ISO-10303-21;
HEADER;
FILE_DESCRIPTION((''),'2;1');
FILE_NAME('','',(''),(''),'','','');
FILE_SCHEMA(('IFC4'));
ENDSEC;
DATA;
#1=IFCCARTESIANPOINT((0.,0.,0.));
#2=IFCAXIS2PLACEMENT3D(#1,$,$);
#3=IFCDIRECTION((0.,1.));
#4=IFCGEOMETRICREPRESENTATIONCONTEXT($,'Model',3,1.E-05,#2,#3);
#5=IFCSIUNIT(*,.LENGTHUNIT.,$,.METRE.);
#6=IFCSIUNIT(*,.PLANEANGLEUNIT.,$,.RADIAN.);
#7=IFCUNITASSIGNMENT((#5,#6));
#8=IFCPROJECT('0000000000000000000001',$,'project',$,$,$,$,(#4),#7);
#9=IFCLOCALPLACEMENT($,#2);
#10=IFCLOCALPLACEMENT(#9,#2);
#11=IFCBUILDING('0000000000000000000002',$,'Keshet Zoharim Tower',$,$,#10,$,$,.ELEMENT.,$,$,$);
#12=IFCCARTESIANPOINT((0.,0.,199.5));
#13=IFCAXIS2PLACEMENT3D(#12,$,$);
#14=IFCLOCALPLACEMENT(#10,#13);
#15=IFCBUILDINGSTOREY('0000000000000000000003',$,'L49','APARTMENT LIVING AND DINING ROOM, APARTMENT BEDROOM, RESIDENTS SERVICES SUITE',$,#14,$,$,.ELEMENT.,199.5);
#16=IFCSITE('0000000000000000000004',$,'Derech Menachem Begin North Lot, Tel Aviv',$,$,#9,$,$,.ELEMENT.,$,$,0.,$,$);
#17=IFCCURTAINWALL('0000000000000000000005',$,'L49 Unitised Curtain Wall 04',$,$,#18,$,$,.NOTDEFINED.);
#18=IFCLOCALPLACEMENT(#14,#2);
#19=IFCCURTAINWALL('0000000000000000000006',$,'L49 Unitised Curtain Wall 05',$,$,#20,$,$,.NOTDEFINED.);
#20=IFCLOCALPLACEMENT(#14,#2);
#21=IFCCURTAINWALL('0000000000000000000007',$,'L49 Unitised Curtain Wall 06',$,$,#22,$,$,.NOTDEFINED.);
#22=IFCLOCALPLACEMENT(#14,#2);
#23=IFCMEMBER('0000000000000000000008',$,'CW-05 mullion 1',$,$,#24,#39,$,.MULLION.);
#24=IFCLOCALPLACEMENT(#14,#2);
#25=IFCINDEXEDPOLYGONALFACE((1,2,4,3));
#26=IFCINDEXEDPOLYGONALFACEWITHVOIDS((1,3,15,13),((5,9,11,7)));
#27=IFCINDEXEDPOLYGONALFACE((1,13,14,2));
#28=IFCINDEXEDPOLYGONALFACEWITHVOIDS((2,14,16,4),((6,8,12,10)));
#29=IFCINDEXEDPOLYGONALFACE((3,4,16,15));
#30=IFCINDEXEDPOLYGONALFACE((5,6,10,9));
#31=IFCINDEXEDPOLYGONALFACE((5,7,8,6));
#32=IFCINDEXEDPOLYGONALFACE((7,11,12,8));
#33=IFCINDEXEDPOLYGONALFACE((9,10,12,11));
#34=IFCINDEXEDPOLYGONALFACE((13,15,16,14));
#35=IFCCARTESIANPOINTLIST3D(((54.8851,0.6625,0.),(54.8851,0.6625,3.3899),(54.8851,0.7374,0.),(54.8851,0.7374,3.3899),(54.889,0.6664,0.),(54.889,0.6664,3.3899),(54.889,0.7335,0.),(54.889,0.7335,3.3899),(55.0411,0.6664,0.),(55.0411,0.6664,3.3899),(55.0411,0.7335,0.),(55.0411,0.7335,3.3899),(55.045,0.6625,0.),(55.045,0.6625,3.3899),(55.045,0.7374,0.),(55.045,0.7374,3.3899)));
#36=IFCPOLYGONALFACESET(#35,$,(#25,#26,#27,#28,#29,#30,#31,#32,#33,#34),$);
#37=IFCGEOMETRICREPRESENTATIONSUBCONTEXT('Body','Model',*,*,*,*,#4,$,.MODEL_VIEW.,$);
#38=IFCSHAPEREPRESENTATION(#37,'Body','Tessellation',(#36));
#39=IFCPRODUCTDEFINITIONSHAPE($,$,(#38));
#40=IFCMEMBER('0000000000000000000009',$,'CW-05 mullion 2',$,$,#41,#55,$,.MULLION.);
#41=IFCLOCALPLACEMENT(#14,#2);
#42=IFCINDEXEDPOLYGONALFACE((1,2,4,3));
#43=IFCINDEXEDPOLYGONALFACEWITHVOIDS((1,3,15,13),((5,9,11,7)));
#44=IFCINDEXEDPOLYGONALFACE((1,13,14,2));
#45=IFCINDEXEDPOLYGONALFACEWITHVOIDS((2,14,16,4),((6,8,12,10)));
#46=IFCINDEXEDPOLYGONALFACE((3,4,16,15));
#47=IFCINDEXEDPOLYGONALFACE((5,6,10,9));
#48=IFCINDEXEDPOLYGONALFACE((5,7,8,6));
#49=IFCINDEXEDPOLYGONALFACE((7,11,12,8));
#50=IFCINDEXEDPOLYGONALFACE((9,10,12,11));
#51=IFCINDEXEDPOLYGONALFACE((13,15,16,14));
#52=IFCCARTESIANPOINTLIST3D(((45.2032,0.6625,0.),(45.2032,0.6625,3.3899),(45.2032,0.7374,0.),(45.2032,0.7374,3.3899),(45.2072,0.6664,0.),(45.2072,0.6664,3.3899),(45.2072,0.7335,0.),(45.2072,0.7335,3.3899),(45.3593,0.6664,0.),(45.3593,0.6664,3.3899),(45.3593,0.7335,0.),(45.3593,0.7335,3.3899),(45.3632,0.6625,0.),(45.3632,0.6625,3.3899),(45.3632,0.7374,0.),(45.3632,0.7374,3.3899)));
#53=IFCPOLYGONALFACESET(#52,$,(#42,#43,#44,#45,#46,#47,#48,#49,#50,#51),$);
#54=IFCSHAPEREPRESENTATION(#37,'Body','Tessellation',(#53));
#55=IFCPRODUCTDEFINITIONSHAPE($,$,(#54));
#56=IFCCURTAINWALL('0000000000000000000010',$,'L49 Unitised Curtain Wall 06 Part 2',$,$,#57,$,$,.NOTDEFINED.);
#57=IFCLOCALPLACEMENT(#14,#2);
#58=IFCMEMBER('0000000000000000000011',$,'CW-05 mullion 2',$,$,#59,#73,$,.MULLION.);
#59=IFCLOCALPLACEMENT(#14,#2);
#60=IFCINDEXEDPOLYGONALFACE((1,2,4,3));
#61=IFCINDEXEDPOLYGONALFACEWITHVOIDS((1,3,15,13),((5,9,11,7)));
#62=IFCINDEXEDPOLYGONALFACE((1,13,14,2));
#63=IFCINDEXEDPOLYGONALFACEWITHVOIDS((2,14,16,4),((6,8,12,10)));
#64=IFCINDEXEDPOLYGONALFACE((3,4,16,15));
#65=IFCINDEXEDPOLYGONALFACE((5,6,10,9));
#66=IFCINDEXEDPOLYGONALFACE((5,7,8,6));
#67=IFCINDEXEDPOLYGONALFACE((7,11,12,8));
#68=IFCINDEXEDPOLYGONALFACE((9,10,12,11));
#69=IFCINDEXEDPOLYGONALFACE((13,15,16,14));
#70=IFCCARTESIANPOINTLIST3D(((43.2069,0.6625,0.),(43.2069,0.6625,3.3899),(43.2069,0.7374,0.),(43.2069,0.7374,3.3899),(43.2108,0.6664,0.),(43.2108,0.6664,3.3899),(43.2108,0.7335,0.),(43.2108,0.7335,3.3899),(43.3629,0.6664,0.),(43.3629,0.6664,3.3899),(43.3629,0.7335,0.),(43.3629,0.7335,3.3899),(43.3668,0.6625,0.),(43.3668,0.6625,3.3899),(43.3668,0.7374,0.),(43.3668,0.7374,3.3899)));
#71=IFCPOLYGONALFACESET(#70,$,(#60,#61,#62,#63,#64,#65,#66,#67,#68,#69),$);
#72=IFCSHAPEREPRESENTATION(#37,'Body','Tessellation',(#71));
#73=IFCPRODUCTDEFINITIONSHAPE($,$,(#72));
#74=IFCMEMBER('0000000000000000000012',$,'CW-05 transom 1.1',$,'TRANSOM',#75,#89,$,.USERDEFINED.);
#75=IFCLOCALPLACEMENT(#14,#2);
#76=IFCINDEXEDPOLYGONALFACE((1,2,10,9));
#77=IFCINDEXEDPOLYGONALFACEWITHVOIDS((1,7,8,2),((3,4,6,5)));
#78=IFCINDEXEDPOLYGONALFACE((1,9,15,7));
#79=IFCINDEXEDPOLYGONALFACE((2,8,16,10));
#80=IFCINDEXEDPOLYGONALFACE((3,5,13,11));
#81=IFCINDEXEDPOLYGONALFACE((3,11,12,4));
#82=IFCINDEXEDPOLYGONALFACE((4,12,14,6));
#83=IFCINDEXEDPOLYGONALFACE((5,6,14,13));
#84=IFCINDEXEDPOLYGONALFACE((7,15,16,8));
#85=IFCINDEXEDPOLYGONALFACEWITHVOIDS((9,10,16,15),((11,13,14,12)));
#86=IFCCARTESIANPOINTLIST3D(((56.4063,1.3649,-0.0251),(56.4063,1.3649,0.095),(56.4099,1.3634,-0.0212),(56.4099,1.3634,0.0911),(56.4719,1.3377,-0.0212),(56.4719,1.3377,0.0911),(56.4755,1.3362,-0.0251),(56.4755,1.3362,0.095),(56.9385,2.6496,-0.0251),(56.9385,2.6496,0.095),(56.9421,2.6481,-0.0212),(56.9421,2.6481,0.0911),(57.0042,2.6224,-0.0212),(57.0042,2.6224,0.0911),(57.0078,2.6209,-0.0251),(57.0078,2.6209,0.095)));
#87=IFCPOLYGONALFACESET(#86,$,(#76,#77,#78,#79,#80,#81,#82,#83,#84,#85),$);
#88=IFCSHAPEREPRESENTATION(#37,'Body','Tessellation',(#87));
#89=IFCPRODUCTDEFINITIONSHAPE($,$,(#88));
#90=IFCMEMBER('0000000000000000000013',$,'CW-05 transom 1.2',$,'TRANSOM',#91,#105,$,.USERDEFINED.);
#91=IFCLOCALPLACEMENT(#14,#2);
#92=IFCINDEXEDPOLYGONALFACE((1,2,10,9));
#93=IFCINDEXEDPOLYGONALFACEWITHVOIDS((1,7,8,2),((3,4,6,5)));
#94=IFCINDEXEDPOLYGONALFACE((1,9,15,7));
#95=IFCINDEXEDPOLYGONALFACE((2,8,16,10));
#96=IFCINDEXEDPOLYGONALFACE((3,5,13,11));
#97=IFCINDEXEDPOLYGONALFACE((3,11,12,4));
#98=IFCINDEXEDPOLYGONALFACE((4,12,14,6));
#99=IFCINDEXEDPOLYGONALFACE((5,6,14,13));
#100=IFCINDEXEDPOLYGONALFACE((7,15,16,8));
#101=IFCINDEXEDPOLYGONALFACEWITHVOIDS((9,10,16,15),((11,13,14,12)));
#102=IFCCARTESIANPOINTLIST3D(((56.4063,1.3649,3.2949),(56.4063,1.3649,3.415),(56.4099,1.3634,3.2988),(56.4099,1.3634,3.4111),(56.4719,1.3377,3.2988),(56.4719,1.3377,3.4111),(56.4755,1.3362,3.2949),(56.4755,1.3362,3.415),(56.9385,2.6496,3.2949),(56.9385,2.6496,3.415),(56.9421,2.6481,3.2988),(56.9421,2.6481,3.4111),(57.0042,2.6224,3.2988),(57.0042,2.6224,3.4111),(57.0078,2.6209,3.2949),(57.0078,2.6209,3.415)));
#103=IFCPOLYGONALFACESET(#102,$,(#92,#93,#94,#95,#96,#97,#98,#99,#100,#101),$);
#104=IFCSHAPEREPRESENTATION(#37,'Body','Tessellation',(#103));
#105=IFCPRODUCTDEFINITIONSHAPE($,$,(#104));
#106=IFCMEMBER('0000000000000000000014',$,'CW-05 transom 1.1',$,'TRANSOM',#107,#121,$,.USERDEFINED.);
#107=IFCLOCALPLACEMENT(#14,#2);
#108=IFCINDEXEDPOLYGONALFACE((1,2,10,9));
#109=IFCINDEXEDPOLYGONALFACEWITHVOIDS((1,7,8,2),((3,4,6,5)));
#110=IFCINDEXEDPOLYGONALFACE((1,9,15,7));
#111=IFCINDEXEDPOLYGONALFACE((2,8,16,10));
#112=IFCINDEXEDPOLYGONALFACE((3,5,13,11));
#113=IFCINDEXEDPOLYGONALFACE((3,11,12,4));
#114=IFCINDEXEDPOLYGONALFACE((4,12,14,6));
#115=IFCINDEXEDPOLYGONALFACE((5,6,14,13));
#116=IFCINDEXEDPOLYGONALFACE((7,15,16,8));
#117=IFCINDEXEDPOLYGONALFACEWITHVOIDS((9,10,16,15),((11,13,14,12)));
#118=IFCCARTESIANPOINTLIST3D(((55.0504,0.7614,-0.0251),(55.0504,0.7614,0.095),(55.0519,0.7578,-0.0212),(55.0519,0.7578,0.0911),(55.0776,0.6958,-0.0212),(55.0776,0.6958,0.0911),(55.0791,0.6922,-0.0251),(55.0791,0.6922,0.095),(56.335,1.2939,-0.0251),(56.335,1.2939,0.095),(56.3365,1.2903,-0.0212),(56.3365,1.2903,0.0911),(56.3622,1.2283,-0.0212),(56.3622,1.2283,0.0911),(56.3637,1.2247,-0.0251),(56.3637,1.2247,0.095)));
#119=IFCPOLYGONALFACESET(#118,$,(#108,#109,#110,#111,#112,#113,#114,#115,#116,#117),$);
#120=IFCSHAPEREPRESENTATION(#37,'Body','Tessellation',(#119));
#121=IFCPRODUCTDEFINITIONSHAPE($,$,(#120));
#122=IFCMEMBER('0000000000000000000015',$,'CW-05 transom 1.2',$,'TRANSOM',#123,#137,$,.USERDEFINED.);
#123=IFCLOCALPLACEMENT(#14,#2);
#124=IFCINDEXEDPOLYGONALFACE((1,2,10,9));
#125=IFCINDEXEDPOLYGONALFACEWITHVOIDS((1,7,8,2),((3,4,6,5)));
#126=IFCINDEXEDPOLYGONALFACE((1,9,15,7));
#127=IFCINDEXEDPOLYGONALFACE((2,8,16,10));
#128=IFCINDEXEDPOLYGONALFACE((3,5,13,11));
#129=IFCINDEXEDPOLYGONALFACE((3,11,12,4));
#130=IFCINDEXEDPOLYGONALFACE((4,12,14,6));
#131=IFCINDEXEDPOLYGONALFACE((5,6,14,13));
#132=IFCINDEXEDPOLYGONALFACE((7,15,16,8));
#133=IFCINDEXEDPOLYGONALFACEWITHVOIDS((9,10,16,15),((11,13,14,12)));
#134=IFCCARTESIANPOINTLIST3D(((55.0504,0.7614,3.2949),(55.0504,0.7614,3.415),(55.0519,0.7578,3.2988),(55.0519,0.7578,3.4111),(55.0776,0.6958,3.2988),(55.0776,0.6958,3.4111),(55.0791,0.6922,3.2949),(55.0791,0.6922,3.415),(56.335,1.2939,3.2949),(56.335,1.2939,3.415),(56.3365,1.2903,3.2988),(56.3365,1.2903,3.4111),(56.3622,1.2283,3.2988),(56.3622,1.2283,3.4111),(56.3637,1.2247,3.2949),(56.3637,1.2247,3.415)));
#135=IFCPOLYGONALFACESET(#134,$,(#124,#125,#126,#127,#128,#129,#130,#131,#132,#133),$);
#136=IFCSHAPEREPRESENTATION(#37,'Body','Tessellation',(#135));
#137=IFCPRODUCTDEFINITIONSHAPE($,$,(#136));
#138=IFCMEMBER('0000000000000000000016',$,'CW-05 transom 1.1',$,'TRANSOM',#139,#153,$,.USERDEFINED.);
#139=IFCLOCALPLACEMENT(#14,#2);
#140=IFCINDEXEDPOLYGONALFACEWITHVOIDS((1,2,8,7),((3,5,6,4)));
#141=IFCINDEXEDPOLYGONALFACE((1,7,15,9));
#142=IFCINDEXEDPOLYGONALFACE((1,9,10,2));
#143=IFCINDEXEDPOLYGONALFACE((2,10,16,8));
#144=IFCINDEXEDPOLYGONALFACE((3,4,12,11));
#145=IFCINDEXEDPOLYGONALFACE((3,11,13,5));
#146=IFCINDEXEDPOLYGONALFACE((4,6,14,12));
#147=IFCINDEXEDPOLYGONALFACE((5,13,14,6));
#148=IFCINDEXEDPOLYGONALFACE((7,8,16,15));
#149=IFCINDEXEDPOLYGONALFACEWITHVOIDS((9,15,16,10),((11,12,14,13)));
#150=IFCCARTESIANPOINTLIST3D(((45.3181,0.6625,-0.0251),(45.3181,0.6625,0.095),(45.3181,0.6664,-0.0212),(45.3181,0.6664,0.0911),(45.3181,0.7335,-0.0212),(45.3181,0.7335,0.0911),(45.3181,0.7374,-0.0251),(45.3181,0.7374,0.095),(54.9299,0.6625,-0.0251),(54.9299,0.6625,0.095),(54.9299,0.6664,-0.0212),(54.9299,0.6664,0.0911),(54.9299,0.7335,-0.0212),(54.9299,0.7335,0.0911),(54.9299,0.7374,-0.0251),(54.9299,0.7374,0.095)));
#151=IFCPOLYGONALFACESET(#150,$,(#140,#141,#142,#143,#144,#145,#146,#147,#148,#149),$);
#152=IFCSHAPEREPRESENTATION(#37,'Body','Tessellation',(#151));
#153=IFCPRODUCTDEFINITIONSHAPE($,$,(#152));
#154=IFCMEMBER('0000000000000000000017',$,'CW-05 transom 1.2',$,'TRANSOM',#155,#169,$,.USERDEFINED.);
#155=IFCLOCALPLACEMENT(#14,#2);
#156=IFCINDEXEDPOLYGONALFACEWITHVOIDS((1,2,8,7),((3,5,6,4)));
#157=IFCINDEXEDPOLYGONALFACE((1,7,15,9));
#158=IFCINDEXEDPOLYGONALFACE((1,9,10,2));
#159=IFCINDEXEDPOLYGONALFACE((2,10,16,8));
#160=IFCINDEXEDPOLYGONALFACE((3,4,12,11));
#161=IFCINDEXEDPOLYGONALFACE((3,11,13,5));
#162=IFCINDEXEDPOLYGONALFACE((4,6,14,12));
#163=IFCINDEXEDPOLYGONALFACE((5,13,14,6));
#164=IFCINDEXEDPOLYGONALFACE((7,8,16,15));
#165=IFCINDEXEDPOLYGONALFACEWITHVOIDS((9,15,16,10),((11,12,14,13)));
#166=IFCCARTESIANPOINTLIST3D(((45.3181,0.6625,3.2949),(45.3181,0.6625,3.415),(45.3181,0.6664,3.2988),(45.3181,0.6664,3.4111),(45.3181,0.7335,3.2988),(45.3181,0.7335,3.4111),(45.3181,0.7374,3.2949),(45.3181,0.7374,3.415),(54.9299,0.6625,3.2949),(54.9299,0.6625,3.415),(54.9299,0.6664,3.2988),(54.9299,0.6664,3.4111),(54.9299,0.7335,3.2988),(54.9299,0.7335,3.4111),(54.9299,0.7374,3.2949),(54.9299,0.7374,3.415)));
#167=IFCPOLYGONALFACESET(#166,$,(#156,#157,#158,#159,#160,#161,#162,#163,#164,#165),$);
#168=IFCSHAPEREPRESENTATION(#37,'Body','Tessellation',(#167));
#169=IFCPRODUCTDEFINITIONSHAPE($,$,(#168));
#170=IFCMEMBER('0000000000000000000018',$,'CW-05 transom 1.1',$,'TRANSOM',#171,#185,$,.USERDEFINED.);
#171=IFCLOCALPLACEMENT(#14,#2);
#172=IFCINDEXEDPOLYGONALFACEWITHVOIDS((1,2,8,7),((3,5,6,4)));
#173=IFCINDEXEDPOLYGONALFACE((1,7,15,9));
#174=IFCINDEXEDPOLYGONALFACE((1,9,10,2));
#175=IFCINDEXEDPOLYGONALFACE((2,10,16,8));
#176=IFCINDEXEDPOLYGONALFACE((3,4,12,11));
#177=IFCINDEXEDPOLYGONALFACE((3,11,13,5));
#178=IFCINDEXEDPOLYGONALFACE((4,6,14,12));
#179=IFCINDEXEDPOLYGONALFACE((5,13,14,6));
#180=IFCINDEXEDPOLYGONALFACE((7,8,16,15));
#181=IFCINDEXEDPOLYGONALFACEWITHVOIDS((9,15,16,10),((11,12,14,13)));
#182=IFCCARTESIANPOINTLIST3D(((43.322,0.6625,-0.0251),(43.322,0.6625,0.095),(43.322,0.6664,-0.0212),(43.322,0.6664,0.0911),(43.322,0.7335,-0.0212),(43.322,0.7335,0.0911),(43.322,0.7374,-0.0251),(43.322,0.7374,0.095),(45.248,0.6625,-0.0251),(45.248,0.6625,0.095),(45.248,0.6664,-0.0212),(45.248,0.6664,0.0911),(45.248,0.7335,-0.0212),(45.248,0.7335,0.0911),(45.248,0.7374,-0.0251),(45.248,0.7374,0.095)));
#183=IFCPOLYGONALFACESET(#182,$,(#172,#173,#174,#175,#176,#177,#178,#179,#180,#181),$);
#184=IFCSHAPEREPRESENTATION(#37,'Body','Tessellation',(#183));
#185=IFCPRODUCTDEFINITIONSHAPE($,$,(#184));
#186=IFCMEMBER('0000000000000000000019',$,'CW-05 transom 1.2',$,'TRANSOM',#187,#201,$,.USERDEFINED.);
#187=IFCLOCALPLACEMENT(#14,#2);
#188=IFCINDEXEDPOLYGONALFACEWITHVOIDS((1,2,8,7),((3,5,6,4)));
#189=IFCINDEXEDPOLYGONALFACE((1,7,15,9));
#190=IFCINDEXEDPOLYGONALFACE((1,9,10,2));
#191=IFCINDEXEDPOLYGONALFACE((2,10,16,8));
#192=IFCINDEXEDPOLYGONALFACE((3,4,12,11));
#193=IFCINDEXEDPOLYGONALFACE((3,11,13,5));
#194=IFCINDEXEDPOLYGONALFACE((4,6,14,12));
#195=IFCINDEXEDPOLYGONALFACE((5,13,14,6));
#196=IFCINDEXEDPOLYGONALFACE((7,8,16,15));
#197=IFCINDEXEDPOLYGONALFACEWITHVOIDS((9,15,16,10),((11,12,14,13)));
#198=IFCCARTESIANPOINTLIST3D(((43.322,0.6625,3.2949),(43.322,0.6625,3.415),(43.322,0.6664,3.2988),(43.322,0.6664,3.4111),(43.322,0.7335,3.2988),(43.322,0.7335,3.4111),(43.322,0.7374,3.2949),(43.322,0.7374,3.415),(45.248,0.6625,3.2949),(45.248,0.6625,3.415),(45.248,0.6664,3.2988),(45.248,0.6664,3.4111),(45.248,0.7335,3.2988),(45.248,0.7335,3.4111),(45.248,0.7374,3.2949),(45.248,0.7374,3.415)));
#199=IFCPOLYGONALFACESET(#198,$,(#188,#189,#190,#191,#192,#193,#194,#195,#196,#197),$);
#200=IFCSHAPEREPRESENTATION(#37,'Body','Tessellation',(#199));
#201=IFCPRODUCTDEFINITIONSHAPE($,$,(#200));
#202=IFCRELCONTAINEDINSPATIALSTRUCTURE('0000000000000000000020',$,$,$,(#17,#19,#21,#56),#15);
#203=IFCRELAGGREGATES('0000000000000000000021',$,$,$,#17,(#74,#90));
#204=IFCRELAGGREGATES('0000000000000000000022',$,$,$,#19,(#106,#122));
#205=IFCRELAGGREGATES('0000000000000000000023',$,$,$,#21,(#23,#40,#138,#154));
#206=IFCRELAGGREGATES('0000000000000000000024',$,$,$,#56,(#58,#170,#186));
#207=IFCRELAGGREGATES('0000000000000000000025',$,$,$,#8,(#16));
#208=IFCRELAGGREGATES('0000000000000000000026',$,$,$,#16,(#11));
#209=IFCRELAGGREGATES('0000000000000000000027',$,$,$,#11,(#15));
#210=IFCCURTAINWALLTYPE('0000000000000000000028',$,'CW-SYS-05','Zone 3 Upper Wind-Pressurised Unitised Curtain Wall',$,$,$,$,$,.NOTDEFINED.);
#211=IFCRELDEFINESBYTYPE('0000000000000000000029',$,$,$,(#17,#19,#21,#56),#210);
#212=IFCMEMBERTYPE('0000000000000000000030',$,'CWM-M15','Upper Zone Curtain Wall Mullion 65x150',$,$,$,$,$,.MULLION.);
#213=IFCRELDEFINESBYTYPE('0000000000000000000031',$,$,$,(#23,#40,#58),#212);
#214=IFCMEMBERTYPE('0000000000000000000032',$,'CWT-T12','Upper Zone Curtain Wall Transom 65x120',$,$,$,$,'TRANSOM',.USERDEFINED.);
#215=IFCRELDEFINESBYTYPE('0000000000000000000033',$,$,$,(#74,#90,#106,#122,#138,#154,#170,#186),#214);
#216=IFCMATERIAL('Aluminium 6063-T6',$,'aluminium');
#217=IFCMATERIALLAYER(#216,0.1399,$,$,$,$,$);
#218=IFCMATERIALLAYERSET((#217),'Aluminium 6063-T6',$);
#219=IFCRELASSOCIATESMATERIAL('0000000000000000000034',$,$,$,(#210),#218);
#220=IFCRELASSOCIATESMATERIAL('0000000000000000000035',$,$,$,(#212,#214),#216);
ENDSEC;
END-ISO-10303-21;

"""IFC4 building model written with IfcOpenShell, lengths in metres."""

from ifc_helpers import new_model, si_unit, direction, frame, origin, origin_2d, place, context, subcontext, project, spatial, hollow_rectangle, extrude, material, layer, layer_set, material_profile, profile_set, type_object, element, aggregate, save


model = new_model("IFC4")

# Units and contexts
model_context = context("Model", 3, precision=1e-05, world=origin(), true_north=direction((0.0, 1.0)))
body_context = subcontext(model_context, "Body", "Model", "MODEL_VIEW")
ifc_project = project(units=[si_unit("LENGTHUNIT", "METRE"), si_unit("PLANEANGLEUNIT", "RADIAN")], contexts=[model_context])

# Site, building, storey
site_placement = place(None, origin())
site = spatial("IfcSite", under=ifc_project, at=site_placement, Name="Derech Menachem Begin North Lot, Tel Aviv", CompositionType="ELEMENT", RefElevation=0.0)
building_placement = place(site_placement, origin())
building = spatial("IfcBuilding", under=site, at=building_placement, Name="Keshet Zoharim Tower", CompositionType="ELEMENT")
storey_placement = place(building_placement, frame((0.0, 0.0, 199.5)))
storey = spatial("IfcBuildingStorey", under=building, at=storey_placement, Name="L49", Description="APARTMENT LIVING AND DINING ROOM, APARTMENT BEDROOM, RESIDENTS SERVICES SUITE", CompositionType="ELEMENT", Elevation=199.5)

# Curtain wall
ifc_material_1 = material(Name="Aluminium 6063-T6", Category="aluminium")
ifc_layer_1 = layer(ifc_material_1, 0.1399)
ifc_layer_set_1 = layer_set([ifc_layer_1], Name="Aluminium 6063-T6")
curtain_wall_type = type_object("IfcCurtainWallType", Name="CW-SYS-05", Description="Zone 3 Upper Wind-Pressurised Unitised Curtain Wall", PredefinedType="NOTDEFINED", material=ifc_layer_set_1)
curtain_wall_1_placement = place(storey_placement, origin())
curtain_wall_1 = element("IfcCurtainWall", 1, at=curtain_wall_1_placement, inside=storey, type_object=curtain_wall_type, Name="L49 Unitised Curtain Wall 04", PredefinedType="NOTDEFINED")
ifc_material_profile_1 = material_profile(ifc_material_1, hollow_rectangle(XDim=0.075, YDim=0.1599, WallThickness=0.0039, at=origin_2d()), Name="MUL-75x160")
ifc_profile_set_1 = profile_set([ifc_material_profile_1], Name="Aluminium 6063-T6")
member_type_1 = type_object("IfcMemberType", Name="CWM-M15", Description="Upper Zone Curtain Wall Mullion 65x150", PredefinedType="MULLION", material=ifc_profile_set_1)

# Curtain walls, members
curtain_wall_2_placement = place(storey_placement, origin())
curtain_wall_2 = element("IfcCurtainWall", 2, at=curtain_wall_2_placement, inside=storey, type_object=curtain_wall_type, Name="L49 Unitised Curtain Wall 05", PredefinedType="NOTDEFINED")
curtain_wall_3_placement = place(storey_placement, origin())
curtain_wall_3 = element("IfcCurtainWall", 3, at=curtain_wall_3_placement, inside=storey, type_object=curtain_wall_type, Name="L49 Unitised Curtain Wall 06", PredefinedType="NOTDEFINED")
member_1_placement = place(storey_placement, frame((54.9651, 0.7, 0.0), z_axis=(0.0, 0.0, 1.0), x_axis=(0.0, -1.0, 0.0)))
member_1 = element("IfcMember", 4, at=member_1_placement, type_object=member_type_1, Name="CW-05 mullion 1", PredefinedType="MULLION", context=body_context, shape_type="SweptSolid", body=[
    extrude(hollow_rectangle(XDim=0.075, YDim=0.1599, WallThickness=0.0039, at=origin_2d()), origin(), (0.0, 0.0, 1.0), 3.3899),
])
member_2_placement = place(storey_placement, frame((45.2832, 0.7, 0.0), z_axis=(0.0, 0.0, 1.0), x_axis=(0.0, -1.0, 0.0)))
member_2 = element("IfcMember", 5, at=member_2_placement, type_object=member_type_1, Name="CW-05 mullion 2", PredefinedType="MULLION", context=body_context, shape_type="SweptSolid", body=[
    extrude(hollow_rectangle(XDim=0.075, YDim=0.1599, WallThickness=0.0039, at=origin_2d()), origin(), (0.0, 0.0, 1.0), 3.3899),
])

# Curtain wall, member
curtain_wall_4_placement = place(storey_placement, origin())
curtain_wall_4 = element("IfcCurtainWall", 6, at=curtain_wall_4_placement, inside=storey, type_object=curtain_wall_type, Name="L49 Unitised Curtain Wall 06 Part 2", PredefinedType="NOTDEFINED")
member_3_placement = place(storey_placement, frame((43.2869, 0.7, 0.0), z_axis=(0.0, 0.0, 1.0), x_axis=(0.0, -1.0, 0.0)))
member_3 = element("IfcMember", 7, at=member_3_placement, type_object=member_type_1, Name="CW-05 mullion 2", PredefinedType="MULLION", context=body_context, shape_type="SweptSolid", body=[
    extrude(hollow_rectangle(XDim=0.075, YDim=0.1599, WallThickness=0.0039, at=origin_2d()), origin(), (0.0, 0.0, 1.0), 3.3899),
])

# Members
ifc_material_profile_2 = material_profile(ifc_material_1, hollow_rectangle(XDim=0.075, YDim=0.1201, WallThickness=0.0039, at=origin_2d()), Name="TRN-75x120")
ifc_profile_set_2 = profile_set([ifc_material_profile_2], Name="Aluminium 6063-T6")
member_type_2 = type_object("IfcMemberType", Name="CWT-T12", Description="Upper Zone Curtain Wall Transom 65x120", ElementType="TRANSOM", PredefinedType="USERDEFINED", material=ifc_profile_set_2)
member_4_placement = place(storey_placement, frame((56.9731, 2.6353, 0.0349), z_axis=(-0.382745, -0.923854, 0.0), x_axis=(0.923854, -0.382745, 0.0)))
member_4 = element("IfcMember", 8, at=member_4_placement, type_object=member_type_2, Name="CW-05 transom 1.1", ObjectType="TRANSOM", PredefinedType="USERDEFINED", context=body_context, shape_type="SweptSolid", body=[
    extrude(hollow_rectangle(XDim=0.075, YDim=0.1201, WallThickness=0.0039, at=origin_2d()), origin(), (0.0, 0.0, 1.0), 1.3906),
])
member_5_placement = place(storey_placement, frame((56.9731, 2.6353, 3.355), z_axis=(-0.382745, -0.923854, 0.0), x_axis=(0.923854, -0.382745, 0.0)))
member_5 = element("IfcMember", 9, at=member_5_placement, type_object=member_type_2, Name="CW-05 transom 1.2", ObjectType="TRANSOM", PredefinedType="USERDEFINED", context=body_context, shape_type="SweptSolid", body=[
    extrude(hollow_rectangle(XDim=0.075, YDim=0.1201, WallThickness=0.0039, at=origin_2d()), origin(), (0.0, 0.0, 1.0), 1.3906),
])
member_6_placement = place(storey_placement, frame((56.3494, 1.2593, 0.0349), z_axis=(-0.923792, -0.382894, 0.0), x_axis=(0.382894, -0.923792, 0.0)))
member_6 = element("IfcMember", 10, at=member_6_placement, type_object=member_type_2, Name="CW-05 transom 1.1", ObjectType="TRANSOM", PredefinedType="USERDEFINED", context=body_context, shape_type="SweptSolid", body=[
    extrude(hollow_rectangle(XDim=0.075, YDim=0.1201, WallThickness=0.0039, at=origin_2d()), origin(), (0.0, 0.0, 1.0), 1.3906),
])
member_7_placement = place(storey_placement, frame((56.3494, 1.2593, 3.355), z_axis=(-0.923792, -0.382894, 0.0), x_axis=(0.382894, -0.923792, 0.0)))
member_7 = element("IfcMember", 11, at=member_7_placement, type_object=member_type_2, Name="CW-05 transom 1.2", ObjectType="TRANSOM", PredefinedType="USERDEFINED", context=body_context, shape_type="SweptSolid", body=[
    extrude(hollow_rectangle(XDim=0.075, YDim=0.1201, WallThickness=0.0039, at=origin_2d()), origin(), (0.0, 0.0, 1.0), 1.3906),
])
member_8_placement = place(storey_placement, frame((54.9299, 0.7, 0.0349), z_axis=(-1.0, 0.0, 0.0), x_axis=(0.0, -1.0, 0.0)))
member_8 = element("IfcMember", 12, at=member_8_placement, type_object=member_type_2, Name="CW-05 transom 1.1", ObjectType="TRANSOM", PredefinedType="USERDEFINED", context=body_context, shape_type="SweptSolid", body=[
    extrude(hollow_rectangle(XDim=0.075, YDim=0.1201, WallThickness=0.0039, at=origin_2d()), origin(), (0.0, 0.0, 1.0), 9.6118),
])
member_9_placement = place(storey_placement, frame((54.9299, 0.7, 3.355), z_axis=(-1.0, 0.0, 0.0), x_axis=(0.0, -1.0, 0.0)))
member_9 = element("IfcMember", 13, at=member_9_placement, type_object=member_type_2, Name="CW-05 transom 1.2", ObjectType="TRANSOM", PredefinedType="USERDEFINED", context=body_context, shape_type="SweptSolid", body=[
    extrude(hollow_rectangle(XDim=0.075, YDim=0.1201, WallThickness=0.0039, at=origin_2d()), origin(), (0.0, 0.0, 1.0), 9.6118),
])
member_10_placement = place(storey_placement, frame((45.248, 0.7, 0.0349), z_axis=(-1.0, 0.0, 0.0), x_axis=(0.0, -1.0, 0.0)))
member_10 = element("IfcMember", 14, at=member_10_placement, type_object=member_type_2, Name="CW-05 transom 1.1", ObjectType="TRANSOM", PredefinedType="USERDEFINED", context=body_context, shape_type="SweptSolid", body=[
    extrude(hollow_rectangle(XDim=0.075, YDim=0.1201, WallThickness=0.0039, at=origin_2d()), origin(), (0.0, 0.0, 1.0), 1.926),
])
member_11_placement = place(storey_placement, frame((45.248, 0.7, 3.355), z_axis=(-1.0, 0.0, 0.0), x_axis=(0.0, -1.0, 0.0)))
member_11 = element("IfcMember", 15, at=member_11_placement, type_object=member_type_2, Name="CW-05 transom 1.2", ObjectType="TRANSOM", PredefinedType="USERDEFINED", context=body_context, shape_type="SweptSolid", body=[
    extrude(hollow_rectangle(XDim=0.075, YDim=0.1201, WallThickness=0.0039, at=origin_2d()), origin(), (0.0, 0.0, 1.0), 1.926),
])

aggregate(curtain_wall_1, [member_4, member_5])
aggregate(curtain_wall_2, [member_6, member_7])
aggregate(curtain_wall_3, [member_1, member_2, member_8, member_9])
aggregate(curtain_wall_4, [member_3, member_10, member_11])

save(model, "model.ifc")
